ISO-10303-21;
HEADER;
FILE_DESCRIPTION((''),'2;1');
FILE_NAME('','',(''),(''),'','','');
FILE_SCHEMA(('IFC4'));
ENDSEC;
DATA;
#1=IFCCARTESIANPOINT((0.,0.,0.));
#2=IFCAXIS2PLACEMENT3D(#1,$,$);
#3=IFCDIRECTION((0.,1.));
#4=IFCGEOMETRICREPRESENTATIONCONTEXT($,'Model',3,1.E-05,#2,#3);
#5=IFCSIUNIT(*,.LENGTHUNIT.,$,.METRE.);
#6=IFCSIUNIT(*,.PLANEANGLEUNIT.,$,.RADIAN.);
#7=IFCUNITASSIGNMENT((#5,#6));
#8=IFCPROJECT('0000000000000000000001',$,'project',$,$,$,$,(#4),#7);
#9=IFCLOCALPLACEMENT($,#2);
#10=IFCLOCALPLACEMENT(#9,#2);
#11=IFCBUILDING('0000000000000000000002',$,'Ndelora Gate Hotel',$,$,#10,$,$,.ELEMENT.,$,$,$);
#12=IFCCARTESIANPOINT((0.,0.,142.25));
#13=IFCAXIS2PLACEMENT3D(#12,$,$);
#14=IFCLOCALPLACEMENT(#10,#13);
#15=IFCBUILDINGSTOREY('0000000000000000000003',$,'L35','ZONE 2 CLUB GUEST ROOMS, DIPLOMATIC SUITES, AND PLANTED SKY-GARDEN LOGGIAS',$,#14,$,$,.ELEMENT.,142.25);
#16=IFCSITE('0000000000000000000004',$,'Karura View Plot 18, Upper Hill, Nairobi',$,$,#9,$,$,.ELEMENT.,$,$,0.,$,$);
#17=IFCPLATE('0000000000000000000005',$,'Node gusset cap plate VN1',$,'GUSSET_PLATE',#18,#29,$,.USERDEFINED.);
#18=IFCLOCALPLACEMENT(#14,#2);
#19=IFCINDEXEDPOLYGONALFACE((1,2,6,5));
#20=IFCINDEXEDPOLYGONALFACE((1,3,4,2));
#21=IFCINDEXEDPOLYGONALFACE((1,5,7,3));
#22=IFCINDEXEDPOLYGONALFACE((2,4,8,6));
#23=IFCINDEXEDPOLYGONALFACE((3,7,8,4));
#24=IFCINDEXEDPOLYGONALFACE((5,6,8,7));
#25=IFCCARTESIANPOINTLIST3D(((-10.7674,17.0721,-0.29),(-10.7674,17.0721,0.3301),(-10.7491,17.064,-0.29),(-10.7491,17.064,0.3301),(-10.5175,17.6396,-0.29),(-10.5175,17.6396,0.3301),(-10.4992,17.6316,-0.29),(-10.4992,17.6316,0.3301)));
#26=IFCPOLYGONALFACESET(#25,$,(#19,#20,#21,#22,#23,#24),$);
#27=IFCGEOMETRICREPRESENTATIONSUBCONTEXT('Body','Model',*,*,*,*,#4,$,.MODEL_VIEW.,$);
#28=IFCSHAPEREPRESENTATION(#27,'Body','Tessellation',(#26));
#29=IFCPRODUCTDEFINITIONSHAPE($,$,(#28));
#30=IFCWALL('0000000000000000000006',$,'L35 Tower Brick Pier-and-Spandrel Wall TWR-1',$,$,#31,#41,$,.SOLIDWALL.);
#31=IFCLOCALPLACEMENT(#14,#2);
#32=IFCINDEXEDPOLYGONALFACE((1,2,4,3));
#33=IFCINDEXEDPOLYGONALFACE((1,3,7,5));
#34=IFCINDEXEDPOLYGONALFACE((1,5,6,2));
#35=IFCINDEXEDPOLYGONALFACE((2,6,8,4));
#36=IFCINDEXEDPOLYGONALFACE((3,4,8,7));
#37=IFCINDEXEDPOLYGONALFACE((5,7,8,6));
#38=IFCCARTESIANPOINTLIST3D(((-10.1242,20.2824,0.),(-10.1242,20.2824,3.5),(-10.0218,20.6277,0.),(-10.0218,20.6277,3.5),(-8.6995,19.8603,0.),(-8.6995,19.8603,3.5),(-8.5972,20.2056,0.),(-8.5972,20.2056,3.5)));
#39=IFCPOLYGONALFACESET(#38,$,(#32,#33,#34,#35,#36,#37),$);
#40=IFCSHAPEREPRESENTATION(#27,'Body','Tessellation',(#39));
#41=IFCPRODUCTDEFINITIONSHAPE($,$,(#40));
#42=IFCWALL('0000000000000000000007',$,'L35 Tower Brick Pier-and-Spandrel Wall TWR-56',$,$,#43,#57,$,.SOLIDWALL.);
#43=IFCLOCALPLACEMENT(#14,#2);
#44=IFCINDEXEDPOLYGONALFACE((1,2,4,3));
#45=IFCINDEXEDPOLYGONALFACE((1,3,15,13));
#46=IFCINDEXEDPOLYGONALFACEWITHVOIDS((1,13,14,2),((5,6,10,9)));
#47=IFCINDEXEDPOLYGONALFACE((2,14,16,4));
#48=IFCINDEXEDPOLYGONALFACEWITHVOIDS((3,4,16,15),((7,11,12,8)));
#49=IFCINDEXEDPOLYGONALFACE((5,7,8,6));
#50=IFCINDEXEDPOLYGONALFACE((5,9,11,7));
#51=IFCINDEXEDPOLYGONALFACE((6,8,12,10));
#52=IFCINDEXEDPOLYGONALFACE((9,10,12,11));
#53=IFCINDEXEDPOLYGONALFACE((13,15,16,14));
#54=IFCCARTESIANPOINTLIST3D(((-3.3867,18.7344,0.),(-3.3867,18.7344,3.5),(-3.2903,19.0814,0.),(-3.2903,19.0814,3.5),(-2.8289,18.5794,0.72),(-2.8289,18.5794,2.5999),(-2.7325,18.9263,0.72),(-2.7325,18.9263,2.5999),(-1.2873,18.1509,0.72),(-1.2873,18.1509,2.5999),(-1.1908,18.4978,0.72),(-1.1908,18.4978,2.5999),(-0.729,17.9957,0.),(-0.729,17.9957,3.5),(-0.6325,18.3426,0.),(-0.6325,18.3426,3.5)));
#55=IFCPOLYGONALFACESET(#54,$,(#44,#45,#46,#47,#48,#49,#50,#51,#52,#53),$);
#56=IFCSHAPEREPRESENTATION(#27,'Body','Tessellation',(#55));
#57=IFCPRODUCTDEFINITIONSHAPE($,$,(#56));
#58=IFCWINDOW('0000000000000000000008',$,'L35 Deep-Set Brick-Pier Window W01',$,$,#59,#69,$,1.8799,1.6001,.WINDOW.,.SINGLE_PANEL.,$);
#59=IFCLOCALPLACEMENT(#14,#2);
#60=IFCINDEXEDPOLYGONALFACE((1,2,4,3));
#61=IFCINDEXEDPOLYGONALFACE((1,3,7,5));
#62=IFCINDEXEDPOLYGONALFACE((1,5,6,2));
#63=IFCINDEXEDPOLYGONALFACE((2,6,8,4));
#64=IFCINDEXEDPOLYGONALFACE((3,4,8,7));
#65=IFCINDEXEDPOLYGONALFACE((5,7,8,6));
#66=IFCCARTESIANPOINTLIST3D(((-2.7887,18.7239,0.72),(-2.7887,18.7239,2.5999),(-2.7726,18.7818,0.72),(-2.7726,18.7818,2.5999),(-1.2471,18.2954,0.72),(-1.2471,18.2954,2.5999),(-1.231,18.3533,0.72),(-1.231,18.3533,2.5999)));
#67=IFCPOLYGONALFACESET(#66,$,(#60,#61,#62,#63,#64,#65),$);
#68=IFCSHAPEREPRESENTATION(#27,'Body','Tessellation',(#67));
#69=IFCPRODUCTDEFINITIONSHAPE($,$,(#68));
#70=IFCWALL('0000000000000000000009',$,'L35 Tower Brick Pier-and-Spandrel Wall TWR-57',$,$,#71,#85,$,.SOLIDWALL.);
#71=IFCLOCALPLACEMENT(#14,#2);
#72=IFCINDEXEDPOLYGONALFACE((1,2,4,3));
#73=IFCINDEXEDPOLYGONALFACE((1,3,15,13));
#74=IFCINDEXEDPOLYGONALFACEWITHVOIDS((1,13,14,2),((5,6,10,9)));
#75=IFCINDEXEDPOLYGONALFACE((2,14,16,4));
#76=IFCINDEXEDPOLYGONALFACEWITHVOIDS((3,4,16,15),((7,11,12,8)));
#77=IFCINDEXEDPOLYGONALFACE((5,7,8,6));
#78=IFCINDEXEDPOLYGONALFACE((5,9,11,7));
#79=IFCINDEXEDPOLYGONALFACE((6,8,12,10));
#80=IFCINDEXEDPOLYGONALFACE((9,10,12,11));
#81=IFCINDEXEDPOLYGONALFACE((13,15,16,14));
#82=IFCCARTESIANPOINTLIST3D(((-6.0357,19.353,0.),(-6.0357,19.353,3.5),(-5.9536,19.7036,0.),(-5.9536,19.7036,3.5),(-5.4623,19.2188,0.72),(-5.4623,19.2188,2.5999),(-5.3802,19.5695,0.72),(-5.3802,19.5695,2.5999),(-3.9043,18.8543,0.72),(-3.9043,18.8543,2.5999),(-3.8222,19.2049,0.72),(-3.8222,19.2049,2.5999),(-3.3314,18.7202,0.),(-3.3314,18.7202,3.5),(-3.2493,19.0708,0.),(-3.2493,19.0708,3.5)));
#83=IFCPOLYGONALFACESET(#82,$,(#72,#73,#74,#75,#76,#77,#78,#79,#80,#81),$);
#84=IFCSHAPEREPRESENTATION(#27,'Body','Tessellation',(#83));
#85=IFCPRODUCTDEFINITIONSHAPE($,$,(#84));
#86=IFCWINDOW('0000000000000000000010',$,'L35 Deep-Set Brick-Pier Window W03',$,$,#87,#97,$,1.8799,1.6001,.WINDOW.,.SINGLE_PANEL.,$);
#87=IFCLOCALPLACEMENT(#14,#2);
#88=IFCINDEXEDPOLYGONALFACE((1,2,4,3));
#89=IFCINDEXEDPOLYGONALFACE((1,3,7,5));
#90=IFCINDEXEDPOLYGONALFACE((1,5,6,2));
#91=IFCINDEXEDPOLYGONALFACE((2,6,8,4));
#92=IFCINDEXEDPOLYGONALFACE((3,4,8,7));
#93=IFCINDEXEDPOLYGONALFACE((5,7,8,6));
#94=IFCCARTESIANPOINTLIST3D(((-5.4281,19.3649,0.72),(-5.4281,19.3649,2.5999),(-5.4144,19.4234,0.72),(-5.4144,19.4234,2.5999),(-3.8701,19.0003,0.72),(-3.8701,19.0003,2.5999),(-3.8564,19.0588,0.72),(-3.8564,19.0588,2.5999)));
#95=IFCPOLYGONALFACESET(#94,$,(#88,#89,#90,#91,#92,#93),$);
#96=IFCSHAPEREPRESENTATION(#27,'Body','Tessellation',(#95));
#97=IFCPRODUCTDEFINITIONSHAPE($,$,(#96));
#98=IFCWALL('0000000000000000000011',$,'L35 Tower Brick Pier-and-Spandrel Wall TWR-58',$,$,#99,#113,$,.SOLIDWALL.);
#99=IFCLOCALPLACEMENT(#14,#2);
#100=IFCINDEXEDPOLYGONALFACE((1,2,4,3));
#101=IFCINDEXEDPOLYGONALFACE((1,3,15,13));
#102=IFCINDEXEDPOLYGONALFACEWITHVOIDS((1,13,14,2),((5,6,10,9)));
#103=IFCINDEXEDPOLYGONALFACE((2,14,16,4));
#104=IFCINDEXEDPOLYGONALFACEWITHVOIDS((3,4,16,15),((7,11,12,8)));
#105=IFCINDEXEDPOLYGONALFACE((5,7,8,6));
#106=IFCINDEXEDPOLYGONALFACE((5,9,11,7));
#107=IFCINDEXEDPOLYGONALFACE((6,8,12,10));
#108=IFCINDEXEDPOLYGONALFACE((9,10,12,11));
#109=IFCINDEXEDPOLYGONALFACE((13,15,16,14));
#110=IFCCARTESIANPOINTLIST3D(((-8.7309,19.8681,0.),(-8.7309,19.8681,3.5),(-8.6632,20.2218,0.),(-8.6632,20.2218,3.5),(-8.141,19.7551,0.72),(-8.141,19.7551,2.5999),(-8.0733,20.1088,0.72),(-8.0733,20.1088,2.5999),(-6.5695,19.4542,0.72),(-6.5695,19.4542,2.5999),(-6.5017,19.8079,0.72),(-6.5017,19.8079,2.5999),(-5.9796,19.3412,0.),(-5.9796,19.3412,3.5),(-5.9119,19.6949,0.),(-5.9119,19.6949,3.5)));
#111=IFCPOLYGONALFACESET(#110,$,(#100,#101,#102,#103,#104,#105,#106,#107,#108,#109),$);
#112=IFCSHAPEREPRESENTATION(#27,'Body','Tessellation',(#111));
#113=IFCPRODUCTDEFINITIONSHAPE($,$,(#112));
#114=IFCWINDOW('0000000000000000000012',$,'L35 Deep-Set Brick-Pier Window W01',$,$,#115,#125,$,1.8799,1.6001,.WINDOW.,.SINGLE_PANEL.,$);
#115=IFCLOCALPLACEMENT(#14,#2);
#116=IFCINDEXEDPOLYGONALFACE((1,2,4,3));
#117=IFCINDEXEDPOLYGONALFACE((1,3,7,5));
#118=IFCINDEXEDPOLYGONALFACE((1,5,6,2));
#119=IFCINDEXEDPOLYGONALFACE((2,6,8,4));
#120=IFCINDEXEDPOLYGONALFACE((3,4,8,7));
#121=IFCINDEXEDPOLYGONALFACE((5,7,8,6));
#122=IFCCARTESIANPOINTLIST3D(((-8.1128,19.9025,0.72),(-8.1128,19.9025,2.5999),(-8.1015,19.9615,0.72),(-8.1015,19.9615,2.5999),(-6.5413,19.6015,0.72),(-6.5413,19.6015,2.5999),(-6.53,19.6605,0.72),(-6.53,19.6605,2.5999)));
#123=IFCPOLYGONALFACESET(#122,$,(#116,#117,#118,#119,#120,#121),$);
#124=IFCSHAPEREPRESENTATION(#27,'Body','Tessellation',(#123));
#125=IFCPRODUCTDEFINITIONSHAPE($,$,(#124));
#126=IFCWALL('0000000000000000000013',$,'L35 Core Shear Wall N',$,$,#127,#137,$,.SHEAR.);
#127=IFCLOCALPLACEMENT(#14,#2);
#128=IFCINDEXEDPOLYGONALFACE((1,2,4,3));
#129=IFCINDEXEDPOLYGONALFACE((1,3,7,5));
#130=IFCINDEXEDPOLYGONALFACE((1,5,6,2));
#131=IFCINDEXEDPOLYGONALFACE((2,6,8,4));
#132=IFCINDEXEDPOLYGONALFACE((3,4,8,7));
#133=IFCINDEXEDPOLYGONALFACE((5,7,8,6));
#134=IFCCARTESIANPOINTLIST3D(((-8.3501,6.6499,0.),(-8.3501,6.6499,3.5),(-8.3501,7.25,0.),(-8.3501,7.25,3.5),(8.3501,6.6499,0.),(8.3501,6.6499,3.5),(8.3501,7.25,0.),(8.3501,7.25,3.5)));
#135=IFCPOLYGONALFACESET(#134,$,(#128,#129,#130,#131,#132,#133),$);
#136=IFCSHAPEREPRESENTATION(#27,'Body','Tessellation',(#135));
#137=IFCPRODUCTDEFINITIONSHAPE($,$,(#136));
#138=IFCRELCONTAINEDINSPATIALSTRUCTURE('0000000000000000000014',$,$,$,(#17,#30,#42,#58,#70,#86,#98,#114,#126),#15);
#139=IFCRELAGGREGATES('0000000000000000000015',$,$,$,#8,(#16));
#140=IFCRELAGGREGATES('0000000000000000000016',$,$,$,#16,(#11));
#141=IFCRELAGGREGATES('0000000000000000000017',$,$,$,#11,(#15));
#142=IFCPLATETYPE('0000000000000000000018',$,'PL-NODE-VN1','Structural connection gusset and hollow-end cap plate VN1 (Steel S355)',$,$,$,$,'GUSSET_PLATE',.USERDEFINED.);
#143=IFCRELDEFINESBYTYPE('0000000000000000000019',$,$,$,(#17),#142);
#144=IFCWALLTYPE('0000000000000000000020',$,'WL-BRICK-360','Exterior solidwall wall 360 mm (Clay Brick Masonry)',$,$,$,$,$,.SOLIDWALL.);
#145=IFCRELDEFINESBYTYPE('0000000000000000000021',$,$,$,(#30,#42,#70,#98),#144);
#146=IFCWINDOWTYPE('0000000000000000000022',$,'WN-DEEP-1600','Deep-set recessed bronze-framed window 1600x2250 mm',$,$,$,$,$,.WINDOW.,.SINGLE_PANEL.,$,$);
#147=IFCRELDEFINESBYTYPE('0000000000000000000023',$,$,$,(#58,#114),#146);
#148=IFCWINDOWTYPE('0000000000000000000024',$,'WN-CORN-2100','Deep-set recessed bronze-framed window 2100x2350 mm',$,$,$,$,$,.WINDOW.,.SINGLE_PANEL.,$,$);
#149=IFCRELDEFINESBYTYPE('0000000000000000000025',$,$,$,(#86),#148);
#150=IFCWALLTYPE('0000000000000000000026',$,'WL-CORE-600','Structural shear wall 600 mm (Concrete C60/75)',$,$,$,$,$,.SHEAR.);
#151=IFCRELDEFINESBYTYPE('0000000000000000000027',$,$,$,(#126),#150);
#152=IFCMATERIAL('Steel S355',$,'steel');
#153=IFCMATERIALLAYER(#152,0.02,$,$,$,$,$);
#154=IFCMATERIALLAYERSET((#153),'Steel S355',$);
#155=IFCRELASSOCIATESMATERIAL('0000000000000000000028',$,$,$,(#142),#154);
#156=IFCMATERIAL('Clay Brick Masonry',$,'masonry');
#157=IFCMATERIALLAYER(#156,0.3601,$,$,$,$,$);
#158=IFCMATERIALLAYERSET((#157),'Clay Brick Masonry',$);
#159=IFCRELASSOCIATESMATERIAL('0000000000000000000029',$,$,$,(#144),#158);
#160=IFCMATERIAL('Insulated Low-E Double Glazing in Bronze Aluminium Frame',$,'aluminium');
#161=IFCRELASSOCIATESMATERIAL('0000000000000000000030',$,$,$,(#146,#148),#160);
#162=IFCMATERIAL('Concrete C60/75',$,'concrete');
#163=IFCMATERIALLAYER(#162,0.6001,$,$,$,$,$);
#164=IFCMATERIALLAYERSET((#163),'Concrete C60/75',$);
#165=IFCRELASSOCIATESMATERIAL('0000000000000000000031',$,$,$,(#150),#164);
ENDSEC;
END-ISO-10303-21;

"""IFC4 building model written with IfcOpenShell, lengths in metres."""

from ifc_helpers import new_model, si_unit, direction, frame, frame_2d, origin, origin_2d, place, context, subcontext, project, spatial, rectangle, extrude, material, layer, layer_set, type_object, element, fill, save


model = new_model("IFC4")

# Units and contexts
model_context = context("Model", 3, precision=1e-05, world=origin(), true_north=direction((0.0, 1.0)))
body_context = subcontext(model_context, "Body", "Model", "MODEL_VIEW")
ifc_project = project(units=[si_unit("LENGTHUNIT", "METRE"), si_unit("PLANEANGLEUNIT", "RADIAN")], contexts=[model_context])

# Site, building, storey
site_placement = place(None, origin())
site = spatial("IfcSite", under=ifc_project, at=site_placement, Name="Karura View Plot 18, Upper Hill, Nairobi", CompositionType="ELEMENT", RefElevation=0.0)
building_placement = place(site_placement, origin())
building = spatial("IfcBuilding", under=site, at=building_placement, Name="Ndelora Gate Hotel", CompositionType="ELEMENT")
storey_placement = place(building_placement, frame((0.0, 0.0, 142.25)))
storey = spatial("IfcBuildingStorey", under=building, at=storey_placement, Name="L35", Description="ZONE 2 CLUB GUEST ROOMS, DIPLOMATIC SUITES, AND PLANTED SKY-GARDEN LOGGIAS", CompositionType="ELEMENT", Elevation=142.25)

# Shared definitions
ifc_material_1 = material(Name="Concrete C60/75", Category="concrete")

# Shared definitions
ifc_material_2 = material(Name="Steel S355", Category="steel")

# Plate
ifc_layer_1 = layer(ifc_material_2, 0.02)
ifc_layer_set_1 = layer_set([ifc_layer_1], Name="Steel S355")
plate_type = type_object("IfcPlateType", Name="PL-NODE-VN1", Description="Structural connection gusset and hollow-end cap plate VN1 (Steel S355)", ElementType="GUSSET_PLATE", PredefinedType="USERDEFINED", material=ifc_layer_set_1)
plate_placement = place(storey_placement, frame((-10.6333, 17.3518, -0.29), z_axis=(0.0, 0.0, 1.0), x_axis=(0.402906, 0.915241, 0.0)))
element("IfcPlate", 1, at=plate_placement, inside=storey, type_object=plate_type, Name="Node gusset cap plate VN1", ObjectType="GUSSET_PLATE", PredefinedType="USERDEFINED", context=body_context, shape_type="SweptSolid", body=[
    extrude(rectangle(XDim=0.6201, YDim=0.02, at=origin_2d()), origin(), (0.0, 0.0, 1.0), 0.6201),
])

# Wall
ifc_material_3 = material(Name="Clay Brick Masonry", Category="masonry")
ifc_layer_2 = layer(ifc_material_3, 0.3601)
ifc_layer_set_2 = layer_set([ifc_layer_2], Name="Clay Brick Masonry")
wall_type_1 = type_object("IfcWallType", Name="WL-BRICK-360", Description="Exterior solidwall wall 360 mm (Clay Brick Masonry)", PredefinedType="SOLIDWALL", material=ifc_layer_set_2)
wall_1_placement = place(storey_placement, frame((-10.073, 20.4551, 0.0), z_axis=(0.0, 0.0, 1.0), x_axis=(0.958793, -0.284105, 0.0)))
element("IfcWall", 2, at=wall_1_placement, inside=storey, type_object=wall_type_1, Name="L35 Tower Brick Pier-and-Spandrel Wall TWR-1", PredefinedType="SOLIDWALL", context=body_context, shape_type="SweptSolid", body=[
    extrude(rectangle(XDim=1.4858, YDim=0.3601, at=frame_2d((0.7429, 0.0))), origin(), (0.0, 0.0, 1.0), 3.5),
])

# Walls, openings, windows
wall_2_placement = place(storey_placement, frame((-3.3386, 18.908, 0.0), z_axis=(0.0, 0.0, 1.0), x_axis=(0.96347, -0.267817, 0.0)))
wall_2 = element("IfcWall", 3, at=wall_2_placement, inside=storey, type_object=wall_type_1, Name="L35 Tower Brick Pier-and-Spandrel Wall TWR-56", PredefinedType="SOLIDWALL", context=body_context, shape_type="SweptSolid", body=[
    extrude(rectangle(XDim=2.7585, YDim=0.3601, at=frame_2d((1.3794, 0.0))), origin(), (0.0, 0.0, 1.0), 3.5),
])
opening_1_placement = place(wall_2_placement, frame((0.5791, 0.0, 0.72)))
opening_1 = element("IfcOpeningElement", 4, at=opening_1_placement, cuts=wall_2, PredefinedType="OPENING", context=body_context, shape_type="SweptSolid", body=[
    extrude(rectangle(XDim=1.6001, YDim=1.8799, at=frame_2d((0.8, 0.9399))), frame((0.0, 0.1899, 0.0), z_axis=(0.0, -1.0, 0.0), x_axis=(1.0, 0.0, 0.0)), (0.0, 0.0, 1.0), 0.3801),
])
ifc_material_4 = material(Name="Insulated Low-E Double Glazing in Bronze Aluminium Frame", Category="aluminium")
window_type_1 = type_object("IfcWindowType", Name="WN-DEEP-1600", Description="Deep-set recessed bronze-framed window 1600x2250 mm", PartitioningType="SINGLE_PANEL", PredefinedType="WINDOW", material=ifc_material_4)
window_1_placement = place(opening_1_placement, origin())
window_1 = element("IfcWindow", 5, at=window_1_placement, inside=storey, type_object=window_type_1, Name="L35 Deep-Set Brick-Pier Window W01", OverallHeight=1.8799, OverallWidth=1.6001, PartitioningType="SINGLE_PANEL", PredefinedType="WINDOW", context=body_context, shape_type="SweptSolid", body=[
    extrude(rectangle(XDim=1.6001, YDim=1.8799, at=frame_2d((0.8, 0.9399))), frame((0.0, 0.03, 0.0), z_axis=(0.0, -1.0, 0.0), x_axis=(1.0, 0.0, 0.0)), (0.0, 0.0, 1.0), 0.0601),
])
fill(opening_1, window_1)
wall_3_placement = place(storey_placement, frame((-5.9946, 19.5283, 0.0), z_axis=(0.0, 0.0, 1.0), x_axis=(0.973698, -0.227844, 0.0)))
wall_3 = element("IfcWall", 6, at=wall_3_placement, inside=storey, type_object=wall_type_1, Name="L35 Tower Brick Pier-and-Spandrel Wall TWR-57", PredefinedType="SOLIDWALL", context=body_context, shape_type="SweptSolid", body=[
    extrude(rectangle(XDim=2.7773, YDim=0.3601, at=frame_2d((1.3887, 0.0))), origin(), (0.0, 0.0, 1.0), 3.5),
])
opening_2_placement = place(wall_3_placement, frame((0.5889, 0.0, 0.72)))
opening_2 = element("IfcOpeningElement", 7, at=opening_2_placement, cuts=wall_3, PredefinedType="OPENING", context=body_context, shape_type="SweptSolid", body=[
    extrude(rectangle(XDim=1.6001, YDim=1.8799, at=frame_2d((0.8, 0.9399))), frame((0.0, 0.1899, 0.0), z_axis=(0.0, -1.0, 0.0), x_axis=(1.0, 0.0, 0.0)), (0.0, 0.0, 1.0), 0.3801),
])
window_type_2 = type_object("IfcWindowType", Name="WN-CORN-2100", Description="Deep-set recessed bronze-framed window 2100x2350 mm", PartitioningType="SINGLE_PANEL", PredefinedType="WINDOW", material=ifc_material_4)
window_2_placement = place(opening_2_placement, origin())
window_2 = element("IfcWindow", 8, at=window_2_placement, inside=storey, type_object=window_type_2, Name="L35 Deep-Set Brick-Pier Window W03", OverallHeight=1.8799, OverallWidth=1.6001, PartitioningType="SINGLE_PANEL", PredefinedType="WINDOW", context=body_context, shape_type="SweptSolid", body=[
    extrude(rectangle(XDim=1.6001, YDim=1.8799, at=frame_2d((0.8, 0.9399))), frame((0.0, 0.03, 0.0), z_axis=(0.0, -1.0, 0.0), x_axis=(1.0, 0.0, 0.0)), (0.0, 0.0, 1.0), 0.0601),
])
fill(opening_2, window_2)
wall_4_placement = place(storey_placement, frame((-8.697, 20.0449, 0.0), z_axis=(0.0, 0.0, 1.0), x_axis=(0.982153, -0.188081, 0.0)))
wall_4 = element("IfcWall", 9, at=wall_4_placement, inside=storey, type_object=wall_type_1, Name="L35 Tower Brick Pier-and-Spandrel Wall TWR-58", PredefinedType="SOLIDWALL", context=body_context, shape_type="SweptSolid", body=[
    extrude(rectangle(XDim=2.8013, YDim=0.3601, at=frame_2d((1.4006, 0.0))), origin(), (0.0, 0.0, 1.0), 3.5),
])
opening_3_placement = place(wall_4_placement, frame((0.6006, 0.0, 0.72)))
opening_3 = element("IfcOpeningElement", 10, at=opening_3_placement, cuts=wall_4, PredefinedType="OPENING", context=body_context, shape_type="SweptSolid", body=[
    extrude(rectangle(XDim=1.6001, YDim=1.8799, at=frame_2d((0.8, 0.9399))), frame((0.0, 0.1899, 0.0), z_axis=(0.0, -1.0, 0.0), x_axis=(1.0, 0.0, 0.0)), (0.0, 0.0, 1.0), 0.3801),
])
window_3_placement = place(opening_3_placement, origin())
window_3 = element("IfcWindow", 11, at=window_3_placement, inside=storey, type_object=window_type_1, Name="L35 Deep-Set Brick-Pier Window W01", OverallHeight=1.8799, OverallWidth=1.6001, PartitioningType="SINGLE_PANEL", PredefinedType="WINDOW", context=body_context, shape_type="SweptSolid", body=[
    extrude(rectangle(XDim=1.6001, YDim=1.8799, at=frame_2d((0.8, 0.9399))), frame((0.0, 0.03, 0.0), z_axis=(0.0, -1.0, 0.0), x_axis=(1.0, 0.0, 0.0)), (0.0, 0.0, 1.0), 0.0601),
])
fill(opening_3, window_3)

# Wall
ifc_layer_3 = layer(ifc_material_1, 0.6001)
ifc_layer_set_3 = layer_set([ifc_layer_3], Name="Concrete C60/75")
wall_type_2 = type_object("IfcWallType", Name="WL-CORE-600", Description="Structural shear wall 600 mm (Concrete C60/75)", PredefinedType="SHEAR", material=ifc_layer_set_3)
wall_5_placement = place(storey_placement, frame((-8.3501, 6.95, 0.0), z_axis=(0.0, 0.0, 1.0), x_axis=(1.0, 0.0, 0.0)))
element("IfcWall", 12, at=wall_5_placement, inside=storey, type_object=wall_type_2, Name="L35 Core Shear Wall N", PredefinedType="SHEAR", context=body_context, shape_type="SweptSolid", body=[
    extrude(rectangle(XDim=16.7002, YDim=0.6001, at=frame_2d((8.3501, 0.0))), origin(), (0.0, 0.0, 1.0), 3.5),
])

save(model, "model.ifc")
